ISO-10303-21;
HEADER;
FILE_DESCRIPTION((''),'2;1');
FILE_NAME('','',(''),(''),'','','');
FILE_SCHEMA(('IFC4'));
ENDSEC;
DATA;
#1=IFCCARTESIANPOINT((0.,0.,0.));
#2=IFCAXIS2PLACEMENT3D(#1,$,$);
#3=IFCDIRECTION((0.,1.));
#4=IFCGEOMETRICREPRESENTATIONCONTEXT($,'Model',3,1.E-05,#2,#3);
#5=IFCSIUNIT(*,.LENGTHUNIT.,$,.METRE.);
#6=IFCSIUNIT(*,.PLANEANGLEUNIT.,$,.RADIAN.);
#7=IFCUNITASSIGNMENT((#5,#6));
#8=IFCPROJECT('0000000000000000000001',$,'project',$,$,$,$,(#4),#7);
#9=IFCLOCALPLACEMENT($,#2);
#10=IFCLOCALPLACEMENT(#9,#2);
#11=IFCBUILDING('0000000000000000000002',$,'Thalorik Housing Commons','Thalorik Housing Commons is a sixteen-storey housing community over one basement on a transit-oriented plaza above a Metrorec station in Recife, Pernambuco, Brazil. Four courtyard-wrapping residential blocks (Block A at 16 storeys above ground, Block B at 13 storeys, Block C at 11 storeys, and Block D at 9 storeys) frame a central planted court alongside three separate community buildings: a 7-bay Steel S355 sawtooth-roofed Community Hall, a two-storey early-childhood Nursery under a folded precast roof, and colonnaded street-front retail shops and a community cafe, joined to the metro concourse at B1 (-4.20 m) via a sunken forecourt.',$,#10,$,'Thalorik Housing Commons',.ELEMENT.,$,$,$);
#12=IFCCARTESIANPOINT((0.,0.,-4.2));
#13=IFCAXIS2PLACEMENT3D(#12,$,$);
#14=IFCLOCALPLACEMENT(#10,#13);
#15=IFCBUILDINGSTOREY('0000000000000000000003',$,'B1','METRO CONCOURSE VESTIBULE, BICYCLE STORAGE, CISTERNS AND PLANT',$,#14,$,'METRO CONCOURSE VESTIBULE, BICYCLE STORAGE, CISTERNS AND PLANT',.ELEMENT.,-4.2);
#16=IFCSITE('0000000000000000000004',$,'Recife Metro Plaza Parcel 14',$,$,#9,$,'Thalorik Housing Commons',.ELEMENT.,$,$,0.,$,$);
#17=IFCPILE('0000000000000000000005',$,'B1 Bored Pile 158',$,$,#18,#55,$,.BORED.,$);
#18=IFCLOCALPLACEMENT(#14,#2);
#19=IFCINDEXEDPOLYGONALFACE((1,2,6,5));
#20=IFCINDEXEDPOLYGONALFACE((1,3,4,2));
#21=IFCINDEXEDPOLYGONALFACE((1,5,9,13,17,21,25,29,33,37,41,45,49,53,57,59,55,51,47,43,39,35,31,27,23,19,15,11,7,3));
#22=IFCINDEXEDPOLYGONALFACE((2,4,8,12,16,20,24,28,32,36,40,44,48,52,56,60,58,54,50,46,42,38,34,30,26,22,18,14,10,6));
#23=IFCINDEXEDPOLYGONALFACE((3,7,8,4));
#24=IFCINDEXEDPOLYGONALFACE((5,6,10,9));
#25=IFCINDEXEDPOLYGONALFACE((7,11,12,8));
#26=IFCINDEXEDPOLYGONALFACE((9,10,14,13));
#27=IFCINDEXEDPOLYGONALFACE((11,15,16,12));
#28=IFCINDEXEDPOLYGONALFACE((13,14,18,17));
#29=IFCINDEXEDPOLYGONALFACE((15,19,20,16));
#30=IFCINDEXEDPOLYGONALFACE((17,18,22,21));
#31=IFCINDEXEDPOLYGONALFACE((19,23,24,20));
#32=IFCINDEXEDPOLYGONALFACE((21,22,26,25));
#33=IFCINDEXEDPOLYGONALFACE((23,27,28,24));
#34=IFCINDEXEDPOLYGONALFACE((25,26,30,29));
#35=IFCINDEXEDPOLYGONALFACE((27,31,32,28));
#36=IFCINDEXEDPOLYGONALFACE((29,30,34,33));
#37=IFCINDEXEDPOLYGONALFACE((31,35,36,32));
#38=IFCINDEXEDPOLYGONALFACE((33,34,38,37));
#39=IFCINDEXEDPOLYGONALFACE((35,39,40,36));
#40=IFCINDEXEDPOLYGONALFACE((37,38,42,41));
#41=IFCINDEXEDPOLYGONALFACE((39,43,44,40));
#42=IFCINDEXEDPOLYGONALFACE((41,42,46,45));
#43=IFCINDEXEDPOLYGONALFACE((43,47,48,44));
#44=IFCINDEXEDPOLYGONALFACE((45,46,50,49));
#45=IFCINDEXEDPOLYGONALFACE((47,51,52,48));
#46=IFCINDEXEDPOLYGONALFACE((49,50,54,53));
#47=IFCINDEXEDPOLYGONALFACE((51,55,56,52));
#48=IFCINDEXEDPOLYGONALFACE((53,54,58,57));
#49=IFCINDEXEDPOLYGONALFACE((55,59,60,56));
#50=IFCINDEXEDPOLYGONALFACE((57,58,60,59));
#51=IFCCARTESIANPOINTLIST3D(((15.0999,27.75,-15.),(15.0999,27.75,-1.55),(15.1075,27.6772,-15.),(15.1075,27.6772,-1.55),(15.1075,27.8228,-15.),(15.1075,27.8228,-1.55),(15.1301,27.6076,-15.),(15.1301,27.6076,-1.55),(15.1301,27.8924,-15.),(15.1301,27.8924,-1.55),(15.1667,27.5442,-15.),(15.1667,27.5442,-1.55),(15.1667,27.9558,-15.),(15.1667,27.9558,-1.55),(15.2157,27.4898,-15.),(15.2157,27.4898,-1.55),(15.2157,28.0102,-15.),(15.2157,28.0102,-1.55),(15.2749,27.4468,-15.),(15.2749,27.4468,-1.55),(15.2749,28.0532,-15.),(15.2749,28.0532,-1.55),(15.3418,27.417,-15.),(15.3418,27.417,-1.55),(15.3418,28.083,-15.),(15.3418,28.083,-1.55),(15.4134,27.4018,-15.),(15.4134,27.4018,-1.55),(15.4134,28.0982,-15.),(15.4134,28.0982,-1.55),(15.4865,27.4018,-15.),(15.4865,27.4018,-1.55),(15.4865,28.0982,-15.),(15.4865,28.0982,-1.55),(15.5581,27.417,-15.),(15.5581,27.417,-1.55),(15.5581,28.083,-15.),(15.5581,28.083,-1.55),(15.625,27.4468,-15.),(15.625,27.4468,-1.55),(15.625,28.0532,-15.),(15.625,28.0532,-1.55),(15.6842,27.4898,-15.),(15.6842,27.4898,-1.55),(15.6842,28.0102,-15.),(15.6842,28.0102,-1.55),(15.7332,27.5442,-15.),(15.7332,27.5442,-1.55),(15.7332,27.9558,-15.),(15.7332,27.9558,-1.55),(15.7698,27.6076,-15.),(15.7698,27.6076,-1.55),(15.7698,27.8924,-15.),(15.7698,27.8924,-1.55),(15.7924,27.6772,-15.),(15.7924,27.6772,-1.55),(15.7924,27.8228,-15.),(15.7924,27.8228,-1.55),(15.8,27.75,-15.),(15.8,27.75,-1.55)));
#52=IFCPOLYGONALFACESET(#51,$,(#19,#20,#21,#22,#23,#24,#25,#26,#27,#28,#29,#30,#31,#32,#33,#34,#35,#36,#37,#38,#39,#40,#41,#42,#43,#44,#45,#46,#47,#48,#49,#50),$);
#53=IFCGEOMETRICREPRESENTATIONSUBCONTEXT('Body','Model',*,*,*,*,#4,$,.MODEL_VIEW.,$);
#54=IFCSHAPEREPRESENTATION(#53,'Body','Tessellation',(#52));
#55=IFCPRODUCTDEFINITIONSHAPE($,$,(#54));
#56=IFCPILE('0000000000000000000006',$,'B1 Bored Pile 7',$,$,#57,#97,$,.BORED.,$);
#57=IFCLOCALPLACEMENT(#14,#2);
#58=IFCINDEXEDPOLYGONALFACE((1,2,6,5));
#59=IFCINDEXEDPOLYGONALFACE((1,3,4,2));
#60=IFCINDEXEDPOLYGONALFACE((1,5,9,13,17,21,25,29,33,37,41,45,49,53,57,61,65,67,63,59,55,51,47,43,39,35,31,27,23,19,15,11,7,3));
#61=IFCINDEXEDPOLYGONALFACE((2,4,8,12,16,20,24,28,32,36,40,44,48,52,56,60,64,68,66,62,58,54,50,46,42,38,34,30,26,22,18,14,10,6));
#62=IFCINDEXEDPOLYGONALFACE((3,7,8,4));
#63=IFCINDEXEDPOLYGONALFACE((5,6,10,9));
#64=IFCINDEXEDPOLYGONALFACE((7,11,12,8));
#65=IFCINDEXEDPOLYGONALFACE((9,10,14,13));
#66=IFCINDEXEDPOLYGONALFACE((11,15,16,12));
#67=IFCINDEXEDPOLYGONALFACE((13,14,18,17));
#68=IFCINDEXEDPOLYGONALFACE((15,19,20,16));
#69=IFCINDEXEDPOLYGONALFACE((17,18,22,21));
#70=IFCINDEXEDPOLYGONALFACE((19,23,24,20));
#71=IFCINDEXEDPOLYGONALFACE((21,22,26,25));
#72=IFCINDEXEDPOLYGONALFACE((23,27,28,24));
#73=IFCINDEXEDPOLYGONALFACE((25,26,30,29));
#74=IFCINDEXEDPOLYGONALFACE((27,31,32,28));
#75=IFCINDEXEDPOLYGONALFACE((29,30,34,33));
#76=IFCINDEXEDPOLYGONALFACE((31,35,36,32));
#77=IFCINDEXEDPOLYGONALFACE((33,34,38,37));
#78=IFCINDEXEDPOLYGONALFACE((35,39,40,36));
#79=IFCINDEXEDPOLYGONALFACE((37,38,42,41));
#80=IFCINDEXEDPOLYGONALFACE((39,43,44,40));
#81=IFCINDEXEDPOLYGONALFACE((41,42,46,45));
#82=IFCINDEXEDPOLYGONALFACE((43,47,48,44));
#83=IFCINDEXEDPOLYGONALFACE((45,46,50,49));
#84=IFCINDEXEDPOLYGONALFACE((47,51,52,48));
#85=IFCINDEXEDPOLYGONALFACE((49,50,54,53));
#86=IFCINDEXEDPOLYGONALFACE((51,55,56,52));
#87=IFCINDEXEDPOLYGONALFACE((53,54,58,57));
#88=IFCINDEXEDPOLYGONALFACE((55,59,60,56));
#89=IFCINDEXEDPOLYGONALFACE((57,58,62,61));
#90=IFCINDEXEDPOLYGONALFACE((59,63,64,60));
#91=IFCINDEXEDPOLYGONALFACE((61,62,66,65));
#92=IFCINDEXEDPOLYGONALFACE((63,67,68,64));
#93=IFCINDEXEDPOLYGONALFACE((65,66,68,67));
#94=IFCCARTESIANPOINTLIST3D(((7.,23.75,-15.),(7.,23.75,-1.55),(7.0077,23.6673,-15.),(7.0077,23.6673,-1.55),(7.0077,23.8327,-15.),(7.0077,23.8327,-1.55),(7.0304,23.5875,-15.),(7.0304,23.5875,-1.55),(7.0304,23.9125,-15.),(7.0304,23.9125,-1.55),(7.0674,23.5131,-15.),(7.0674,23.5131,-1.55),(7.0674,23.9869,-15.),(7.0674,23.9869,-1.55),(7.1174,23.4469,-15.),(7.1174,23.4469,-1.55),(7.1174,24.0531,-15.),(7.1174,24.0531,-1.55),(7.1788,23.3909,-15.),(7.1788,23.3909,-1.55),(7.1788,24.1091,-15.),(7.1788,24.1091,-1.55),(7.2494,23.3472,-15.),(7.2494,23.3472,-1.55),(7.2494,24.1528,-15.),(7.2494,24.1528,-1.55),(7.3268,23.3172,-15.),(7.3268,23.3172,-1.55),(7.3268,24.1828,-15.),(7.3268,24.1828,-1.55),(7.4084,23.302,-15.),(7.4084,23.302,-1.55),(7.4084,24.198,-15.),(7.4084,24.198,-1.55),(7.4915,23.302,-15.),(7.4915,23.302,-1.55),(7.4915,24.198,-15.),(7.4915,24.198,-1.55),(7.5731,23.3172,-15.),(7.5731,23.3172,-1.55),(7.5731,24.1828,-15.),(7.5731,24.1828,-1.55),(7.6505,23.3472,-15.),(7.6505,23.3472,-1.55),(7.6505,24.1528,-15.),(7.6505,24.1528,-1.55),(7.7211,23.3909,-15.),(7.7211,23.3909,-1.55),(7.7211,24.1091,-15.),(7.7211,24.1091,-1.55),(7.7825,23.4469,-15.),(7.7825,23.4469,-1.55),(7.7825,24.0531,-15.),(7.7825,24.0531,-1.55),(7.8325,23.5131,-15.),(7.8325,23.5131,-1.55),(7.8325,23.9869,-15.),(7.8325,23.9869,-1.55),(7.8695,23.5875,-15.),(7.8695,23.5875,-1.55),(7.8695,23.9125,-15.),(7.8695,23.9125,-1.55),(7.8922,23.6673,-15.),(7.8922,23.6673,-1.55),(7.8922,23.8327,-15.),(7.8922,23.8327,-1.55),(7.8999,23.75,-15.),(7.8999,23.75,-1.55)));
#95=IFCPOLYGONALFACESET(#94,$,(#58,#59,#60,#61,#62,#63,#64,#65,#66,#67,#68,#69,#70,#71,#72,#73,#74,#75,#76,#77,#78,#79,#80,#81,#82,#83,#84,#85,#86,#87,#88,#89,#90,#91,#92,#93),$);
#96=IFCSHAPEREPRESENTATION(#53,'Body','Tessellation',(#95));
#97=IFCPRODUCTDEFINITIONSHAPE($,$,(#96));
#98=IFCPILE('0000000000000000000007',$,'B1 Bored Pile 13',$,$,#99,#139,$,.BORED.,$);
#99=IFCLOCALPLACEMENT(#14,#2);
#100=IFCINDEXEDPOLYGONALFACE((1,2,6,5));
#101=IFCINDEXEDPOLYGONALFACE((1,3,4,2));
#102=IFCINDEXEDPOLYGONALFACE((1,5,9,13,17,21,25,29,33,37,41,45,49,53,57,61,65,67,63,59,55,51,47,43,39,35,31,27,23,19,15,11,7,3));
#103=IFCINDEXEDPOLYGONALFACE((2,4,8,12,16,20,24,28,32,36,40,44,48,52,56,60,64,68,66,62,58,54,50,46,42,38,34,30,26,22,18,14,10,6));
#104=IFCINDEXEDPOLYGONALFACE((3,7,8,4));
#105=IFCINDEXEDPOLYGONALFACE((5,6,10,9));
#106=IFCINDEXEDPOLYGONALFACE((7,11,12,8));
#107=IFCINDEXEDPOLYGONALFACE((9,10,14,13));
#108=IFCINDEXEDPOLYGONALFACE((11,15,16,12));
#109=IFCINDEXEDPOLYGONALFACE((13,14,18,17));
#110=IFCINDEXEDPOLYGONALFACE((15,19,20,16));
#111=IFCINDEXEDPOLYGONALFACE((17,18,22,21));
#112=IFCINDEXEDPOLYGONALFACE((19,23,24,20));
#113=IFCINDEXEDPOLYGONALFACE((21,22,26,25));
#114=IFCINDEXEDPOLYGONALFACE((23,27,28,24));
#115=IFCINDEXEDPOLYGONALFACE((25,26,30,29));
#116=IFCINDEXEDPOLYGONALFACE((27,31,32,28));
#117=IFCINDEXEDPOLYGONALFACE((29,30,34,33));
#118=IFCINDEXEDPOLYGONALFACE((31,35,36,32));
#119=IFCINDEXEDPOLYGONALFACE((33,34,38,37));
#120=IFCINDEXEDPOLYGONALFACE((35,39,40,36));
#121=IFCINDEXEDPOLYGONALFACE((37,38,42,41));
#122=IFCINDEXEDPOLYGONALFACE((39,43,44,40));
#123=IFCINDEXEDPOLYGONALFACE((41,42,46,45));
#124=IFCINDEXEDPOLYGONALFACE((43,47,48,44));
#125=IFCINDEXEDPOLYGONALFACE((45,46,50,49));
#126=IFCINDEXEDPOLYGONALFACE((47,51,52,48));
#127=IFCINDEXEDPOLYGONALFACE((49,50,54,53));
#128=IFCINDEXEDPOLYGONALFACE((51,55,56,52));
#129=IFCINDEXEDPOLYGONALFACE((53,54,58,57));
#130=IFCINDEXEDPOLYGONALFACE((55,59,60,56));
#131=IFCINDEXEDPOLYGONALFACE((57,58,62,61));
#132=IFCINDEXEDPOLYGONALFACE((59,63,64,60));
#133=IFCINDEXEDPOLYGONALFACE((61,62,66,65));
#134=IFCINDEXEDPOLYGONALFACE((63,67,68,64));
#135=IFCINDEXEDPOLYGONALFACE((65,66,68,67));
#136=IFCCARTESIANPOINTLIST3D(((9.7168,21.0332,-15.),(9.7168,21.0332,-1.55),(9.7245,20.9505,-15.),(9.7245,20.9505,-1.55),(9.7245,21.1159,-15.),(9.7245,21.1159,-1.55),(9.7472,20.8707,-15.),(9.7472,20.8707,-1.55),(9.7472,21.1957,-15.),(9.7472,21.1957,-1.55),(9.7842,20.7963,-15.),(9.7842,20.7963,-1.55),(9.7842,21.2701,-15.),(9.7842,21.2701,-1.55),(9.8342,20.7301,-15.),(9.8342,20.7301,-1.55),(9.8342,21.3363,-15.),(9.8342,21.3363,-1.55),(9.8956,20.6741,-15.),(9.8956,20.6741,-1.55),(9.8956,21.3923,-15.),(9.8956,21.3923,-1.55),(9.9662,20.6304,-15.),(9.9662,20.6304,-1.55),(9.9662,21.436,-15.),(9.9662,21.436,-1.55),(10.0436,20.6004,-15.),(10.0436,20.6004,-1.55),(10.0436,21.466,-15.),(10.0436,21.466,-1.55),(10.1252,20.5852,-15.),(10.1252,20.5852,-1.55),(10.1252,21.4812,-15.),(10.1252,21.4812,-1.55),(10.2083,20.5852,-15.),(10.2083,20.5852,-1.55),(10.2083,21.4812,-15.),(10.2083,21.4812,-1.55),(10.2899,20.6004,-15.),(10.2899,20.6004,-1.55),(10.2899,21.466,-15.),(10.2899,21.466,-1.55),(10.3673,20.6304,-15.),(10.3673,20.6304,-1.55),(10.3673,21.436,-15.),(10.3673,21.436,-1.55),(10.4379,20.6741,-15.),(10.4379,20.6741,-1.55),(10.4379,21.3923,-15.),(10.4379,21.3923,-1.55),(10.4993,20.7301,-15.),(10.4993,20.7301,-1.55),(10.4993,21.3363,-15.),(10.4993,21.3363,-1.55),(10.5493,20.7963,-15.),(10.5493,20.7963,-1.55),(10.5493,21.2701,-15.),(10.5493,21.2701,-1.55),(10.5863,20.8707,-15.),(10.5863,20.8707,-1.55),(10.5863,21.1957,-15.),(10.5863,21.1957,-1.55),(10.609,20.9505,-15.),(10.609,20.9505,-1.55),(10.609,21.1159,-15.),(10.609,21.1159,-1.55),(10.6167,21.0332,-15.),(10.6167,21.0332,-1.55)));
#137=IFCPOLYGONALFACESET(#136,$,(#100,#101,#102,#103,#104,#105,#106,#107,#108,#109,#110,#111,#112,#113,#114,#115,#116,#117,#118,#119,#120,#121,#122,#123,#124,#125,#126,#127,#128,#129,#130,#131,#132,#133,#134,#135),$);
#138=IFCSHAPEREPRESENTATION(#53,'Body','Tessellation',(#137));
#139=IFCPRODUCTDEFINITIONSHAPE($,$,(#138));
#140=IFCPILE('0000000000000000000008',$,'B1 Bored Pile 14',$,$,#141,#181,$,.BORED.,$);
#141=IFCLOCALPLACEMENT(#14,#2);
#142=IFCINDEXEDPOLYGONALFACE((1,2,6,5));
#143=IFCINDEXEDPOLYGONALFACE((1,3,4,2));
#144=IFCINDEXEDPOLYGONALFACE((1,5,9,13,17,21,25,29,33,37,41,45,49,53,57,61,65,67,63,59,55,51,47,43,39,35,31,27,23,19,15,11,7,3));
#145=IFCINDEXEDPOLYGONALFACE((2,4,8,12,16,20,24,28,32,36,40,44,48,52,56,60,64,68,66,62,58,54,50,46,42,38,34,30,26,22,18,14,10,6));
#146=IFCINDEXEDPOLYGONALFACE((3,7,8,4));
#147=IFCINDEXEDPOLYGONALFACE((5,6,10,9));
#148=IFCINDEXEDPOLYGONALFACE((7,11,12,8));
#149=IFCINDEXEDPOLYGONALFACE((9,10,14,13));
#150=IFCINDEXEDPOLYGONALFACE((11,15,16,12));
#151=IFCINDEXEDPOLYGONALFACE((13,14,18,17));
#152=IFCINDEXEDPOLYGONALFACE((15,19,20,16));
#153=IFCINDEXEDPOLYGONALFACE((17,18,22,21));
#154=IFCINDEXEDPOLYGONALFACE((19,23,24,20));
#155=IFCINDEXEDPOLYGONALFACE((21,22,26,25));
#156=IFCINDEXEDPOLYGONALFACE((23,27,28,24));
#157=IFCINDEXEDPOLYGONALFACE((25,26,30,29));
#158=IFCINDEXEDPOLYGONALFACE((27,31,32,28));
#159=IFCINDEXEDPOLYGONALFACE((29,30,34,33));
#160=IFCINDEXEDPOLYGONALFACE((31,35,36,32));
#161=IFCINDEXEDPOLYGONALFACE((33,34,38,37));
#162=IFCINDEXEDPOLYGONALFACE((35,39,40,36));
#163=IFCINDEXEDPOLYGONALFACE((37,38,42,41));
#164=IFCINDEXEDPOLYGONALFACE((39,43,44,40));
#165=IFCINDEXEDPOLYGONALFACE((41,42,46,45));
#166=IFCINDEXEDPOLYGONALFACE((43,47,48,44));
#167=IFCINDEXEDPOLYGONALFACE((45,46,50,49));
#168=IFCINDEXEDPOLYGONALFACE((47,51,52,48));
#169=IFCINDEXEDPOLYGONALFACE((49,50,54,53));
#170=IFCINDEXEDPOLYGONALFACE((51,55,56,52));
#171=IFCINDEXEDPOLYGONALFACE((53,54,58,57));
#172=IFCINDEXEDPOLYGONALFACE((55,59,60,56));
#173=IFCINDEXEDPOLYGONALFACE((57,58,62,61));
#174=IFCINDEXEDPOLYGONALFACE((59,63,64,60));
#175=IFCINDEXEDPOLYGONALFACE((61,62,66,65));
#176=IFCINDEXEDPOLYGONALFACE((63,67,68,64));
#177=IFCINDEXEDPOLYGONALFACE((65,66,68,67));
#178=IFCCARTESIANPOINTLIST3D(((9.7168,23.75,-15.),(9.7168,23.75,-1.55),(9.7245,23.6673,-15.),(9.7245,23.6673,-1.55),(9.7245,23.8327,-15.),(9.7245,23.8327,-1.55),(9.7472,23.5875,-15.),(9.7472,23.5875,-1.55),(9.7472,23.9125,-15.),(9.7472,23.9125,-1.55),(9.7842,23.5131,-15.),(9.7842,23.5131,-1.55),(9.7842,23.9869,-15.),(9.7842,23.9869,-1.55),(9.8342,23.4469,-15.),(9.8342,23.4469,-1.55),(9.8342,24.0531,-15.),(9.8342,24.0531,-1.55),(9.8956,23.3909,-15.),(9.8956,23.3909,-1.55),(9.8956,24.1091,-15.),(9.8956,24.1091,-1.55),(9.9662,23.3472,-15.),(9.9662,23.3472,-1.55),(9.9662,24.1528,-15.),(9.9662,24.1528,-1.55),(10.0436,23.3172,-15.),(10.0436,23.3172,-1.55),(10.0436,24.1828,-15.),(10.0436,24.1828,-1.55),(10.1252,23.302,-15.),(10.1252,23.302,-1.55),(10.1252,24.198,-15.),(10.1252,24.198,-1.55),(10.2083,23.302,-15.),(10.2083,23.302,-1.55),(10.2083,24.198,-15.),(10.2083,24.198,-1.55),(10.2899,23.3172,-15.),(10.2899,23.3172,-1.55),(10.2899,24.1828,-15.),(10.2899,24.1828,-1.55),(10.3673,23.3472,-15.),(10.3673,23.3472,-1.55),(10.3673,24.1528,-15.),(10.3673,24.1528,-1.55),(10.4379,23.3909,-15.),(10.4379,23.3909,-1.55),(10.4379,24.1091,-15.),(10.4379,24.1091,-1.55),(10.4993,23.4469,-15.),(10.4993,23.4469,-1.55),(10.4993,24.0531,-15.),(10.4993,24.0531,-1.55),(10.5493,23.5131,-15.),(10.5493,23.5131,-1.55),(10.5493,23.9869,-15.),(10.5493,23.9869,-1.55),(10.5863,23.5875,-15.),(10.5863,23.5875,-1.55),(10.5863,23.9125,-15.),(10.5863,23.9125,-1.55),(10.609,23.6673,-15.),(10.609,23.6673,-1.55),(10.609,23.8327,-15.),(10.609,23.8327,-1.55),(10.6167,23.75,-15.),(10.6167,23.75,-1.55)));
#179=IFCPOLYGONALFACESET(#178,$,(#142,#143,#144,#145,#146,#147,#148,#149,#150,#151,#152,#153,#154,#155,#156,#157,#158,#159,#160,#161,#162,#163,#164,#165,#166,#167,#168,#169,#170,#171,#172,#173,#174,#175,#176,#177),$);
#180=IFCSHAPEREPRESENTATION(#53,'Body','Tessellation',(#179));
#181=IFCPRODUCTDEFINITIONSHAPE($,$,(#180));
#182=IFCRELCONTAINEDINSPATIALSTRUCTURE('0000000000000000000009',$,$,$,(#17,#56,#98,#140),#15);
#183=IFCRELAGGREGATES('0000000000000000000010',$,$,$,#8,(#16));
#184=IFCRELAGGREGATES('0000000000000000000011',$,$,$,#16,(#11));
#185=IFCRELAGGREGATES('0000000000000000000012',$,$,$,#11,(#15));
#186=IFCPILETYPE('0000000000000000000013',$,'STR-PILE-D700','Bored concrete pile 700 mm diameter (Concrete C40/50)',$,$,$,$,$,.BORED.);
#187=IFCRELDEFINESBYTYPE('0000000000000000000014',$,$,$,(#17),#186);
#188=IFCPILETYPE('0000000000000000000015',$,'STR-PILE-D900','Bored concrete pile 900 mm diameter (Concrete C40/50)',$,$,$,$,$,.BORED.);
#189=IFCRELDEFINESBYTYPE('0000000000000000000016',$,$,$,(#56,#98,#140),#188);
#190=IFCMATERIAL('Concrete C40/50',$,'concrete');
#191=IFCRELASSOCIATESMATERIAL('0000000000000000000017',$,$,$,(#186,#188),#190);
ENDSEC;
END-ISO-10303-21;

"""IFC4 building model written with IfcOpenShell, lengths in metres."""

from ifc_helpers import new_model, si_unit, direction, frame, origin, origin_2d, place, context, subcontext, project, spatial, circle, extrude, material, material_profile, profile_set, type_object, element, save


model = new_model("IFC4")

# Units and contexts
model_context = context("Model", 3, precision=1e-05, world=origin(), true_north=direction((0.0, 1.0)))
body_context = subcontext(model_context, "Body", "Model", "MODEL_VIEW")
ifc_project = project(units=[si_unit("LENGTHUNIT", "METRE"), si_unit("PLANEANGLEUNIT", "RADIAN")], contexts=[model_context])

# Site, building, storey
site_placement = place(None, origin())
site = spatial("IfcSite", under=ifc_project, at=site_placement, Name="Recife Metro Plaza Parcel 14", LongName="Thalorik Housing Commons", CompositionType="ELEMENT", RefElevation=0.0)
building_placement = place(site_placement, origin())
building = spatial("IfcBuilding", under=site, at=building_placement, Name="Thalorik Housing Commons", Description="Thalorik Housing Commons is a sixteen-storey housing community over one basement on a transit-oriented plaza above a Metrorec station in Recife, Pernambuco, Brazil. Four courtyard-wrapping residential blocks (Block A at 16 storeys above ground, Block B at 13 storeys, Block C at 11 storeys, and Block D at 9 storeys) frame a central planted court alongside three separate community buildings: a 7-bay Steel S355 sawtooth-roofed Community Hall, a two-storey early-childhood Nursery under a folded precast roof, and colonnaded street-front retail shops and a community cafe, joined to the metro concourse at B1 (-4.20 m) via a sunken forecourt.", LongName="Thalorik Housing Commons", CompositionType="ELEMENT")
storey_placement = place(building_placement, frame((0.0, 0.0, -4.2)))
storey = spatial("IfcBuildingStorey", under=building, at=storey_placement, Name="B1", Description="METRO CONCOURSE VESTIBULE, BICYCLE STORAGE, CISTERNS AND PLANT", LongName="METRO CONCOURSE VESTIBULE, BICYCLE STORAGE, CISTERNS AND PLANT", CompositionType="ELEMENT", Elevation=-4.2)

# Shared definitions
ifc_material_1 = material(Name="Concrete C40/50", Category="concrete")

# Piles
ifc_material_profile_1 = material_profile(ifc_material_1, circle(Radius=0.3501, at=origin_2d()), Name="BORED PILE D700", Category="concrete")
ifc_profile_set_1 = profile_set([ifc_material_profile_1], Name="Concrete C40/50")
pile_type_1 = type_object("IfcPileType", Name="STR-PILE-D700", Description="Bored concrete pile 700 mm diameter (Concrete C40/50)", PredefinedType="BORED", material=ifc_profile_set_1)
for number, where, z_axis, x_axis, name in (
    (1, (15.45, 27.75, -1.55), (0.0, 0.0, -1.0), (1.0, 0.0, 0.0), "B1 Bored Pile 158"),
):
    element("IfcPile", number, at=place(storey_placement, frame(where, z_axis=z_axis, x_axis=x_axis)), inside=storey, type_object=pile_type_1, Name=name, PredefinedType="BORED", context=body_context, shape_type="SweptSolid", body=[
        extrude(circle(Radius=0.3501, at=origin_2d()), origin(), (0.0, 0.0, 1.0), 13.45),
    ])
ifc_material_profile_2 = material_profile(ifc_material_1, circle(Radius=0.45, at=origin_2d()), Name="BORED PILE D900", Category="concrete")
ifc_profile_set_2 = profile_set([ifc_material_profile_2], Name="Concrete C40/50")
pile_type_2 = type_object("IfcPileType", Name="STR-PILE-D900", Description="Bored concrete pile 900 mm diameter (Concrete C40/50)", PredefinedType="BORED", material=ifc_profile_set_2)
for number, where, z_axis, x_axis, name in (
    (2, (7.45, 23.75, -1.55), (0.0, 0.0, -1.0), (1.0, 0.0, 0.0), "B1 Bored Pile 7"),
    (3, (10.1667, 21.0332, -1.55), (0.0, 0.0, -1.0), (1.0, 0.0, 0.0), "B1 Bored Pile 13"),
    (4, (10.1667, 23.75, -1.55), (0.0, 0.0, -1.0), (1.0, 0.0, 0.0), "B1 Bored Pile 14"),
):
    element("IfcPile", number, at=place(storey_placement, frame(where, z_axis=z_axis, x_axis=x_axis)), inside=storey, type_object=pile_type_2, Name=name, PredefinedType="BORED", context=body_context, shape_type="SweptSolid", body=[
        extrude(circle(Radius=0.45, at=origin_2d()), origin(), (0.0, 0.0, 1.0), 13.45),
    ])

save(model, "model.ifc")
